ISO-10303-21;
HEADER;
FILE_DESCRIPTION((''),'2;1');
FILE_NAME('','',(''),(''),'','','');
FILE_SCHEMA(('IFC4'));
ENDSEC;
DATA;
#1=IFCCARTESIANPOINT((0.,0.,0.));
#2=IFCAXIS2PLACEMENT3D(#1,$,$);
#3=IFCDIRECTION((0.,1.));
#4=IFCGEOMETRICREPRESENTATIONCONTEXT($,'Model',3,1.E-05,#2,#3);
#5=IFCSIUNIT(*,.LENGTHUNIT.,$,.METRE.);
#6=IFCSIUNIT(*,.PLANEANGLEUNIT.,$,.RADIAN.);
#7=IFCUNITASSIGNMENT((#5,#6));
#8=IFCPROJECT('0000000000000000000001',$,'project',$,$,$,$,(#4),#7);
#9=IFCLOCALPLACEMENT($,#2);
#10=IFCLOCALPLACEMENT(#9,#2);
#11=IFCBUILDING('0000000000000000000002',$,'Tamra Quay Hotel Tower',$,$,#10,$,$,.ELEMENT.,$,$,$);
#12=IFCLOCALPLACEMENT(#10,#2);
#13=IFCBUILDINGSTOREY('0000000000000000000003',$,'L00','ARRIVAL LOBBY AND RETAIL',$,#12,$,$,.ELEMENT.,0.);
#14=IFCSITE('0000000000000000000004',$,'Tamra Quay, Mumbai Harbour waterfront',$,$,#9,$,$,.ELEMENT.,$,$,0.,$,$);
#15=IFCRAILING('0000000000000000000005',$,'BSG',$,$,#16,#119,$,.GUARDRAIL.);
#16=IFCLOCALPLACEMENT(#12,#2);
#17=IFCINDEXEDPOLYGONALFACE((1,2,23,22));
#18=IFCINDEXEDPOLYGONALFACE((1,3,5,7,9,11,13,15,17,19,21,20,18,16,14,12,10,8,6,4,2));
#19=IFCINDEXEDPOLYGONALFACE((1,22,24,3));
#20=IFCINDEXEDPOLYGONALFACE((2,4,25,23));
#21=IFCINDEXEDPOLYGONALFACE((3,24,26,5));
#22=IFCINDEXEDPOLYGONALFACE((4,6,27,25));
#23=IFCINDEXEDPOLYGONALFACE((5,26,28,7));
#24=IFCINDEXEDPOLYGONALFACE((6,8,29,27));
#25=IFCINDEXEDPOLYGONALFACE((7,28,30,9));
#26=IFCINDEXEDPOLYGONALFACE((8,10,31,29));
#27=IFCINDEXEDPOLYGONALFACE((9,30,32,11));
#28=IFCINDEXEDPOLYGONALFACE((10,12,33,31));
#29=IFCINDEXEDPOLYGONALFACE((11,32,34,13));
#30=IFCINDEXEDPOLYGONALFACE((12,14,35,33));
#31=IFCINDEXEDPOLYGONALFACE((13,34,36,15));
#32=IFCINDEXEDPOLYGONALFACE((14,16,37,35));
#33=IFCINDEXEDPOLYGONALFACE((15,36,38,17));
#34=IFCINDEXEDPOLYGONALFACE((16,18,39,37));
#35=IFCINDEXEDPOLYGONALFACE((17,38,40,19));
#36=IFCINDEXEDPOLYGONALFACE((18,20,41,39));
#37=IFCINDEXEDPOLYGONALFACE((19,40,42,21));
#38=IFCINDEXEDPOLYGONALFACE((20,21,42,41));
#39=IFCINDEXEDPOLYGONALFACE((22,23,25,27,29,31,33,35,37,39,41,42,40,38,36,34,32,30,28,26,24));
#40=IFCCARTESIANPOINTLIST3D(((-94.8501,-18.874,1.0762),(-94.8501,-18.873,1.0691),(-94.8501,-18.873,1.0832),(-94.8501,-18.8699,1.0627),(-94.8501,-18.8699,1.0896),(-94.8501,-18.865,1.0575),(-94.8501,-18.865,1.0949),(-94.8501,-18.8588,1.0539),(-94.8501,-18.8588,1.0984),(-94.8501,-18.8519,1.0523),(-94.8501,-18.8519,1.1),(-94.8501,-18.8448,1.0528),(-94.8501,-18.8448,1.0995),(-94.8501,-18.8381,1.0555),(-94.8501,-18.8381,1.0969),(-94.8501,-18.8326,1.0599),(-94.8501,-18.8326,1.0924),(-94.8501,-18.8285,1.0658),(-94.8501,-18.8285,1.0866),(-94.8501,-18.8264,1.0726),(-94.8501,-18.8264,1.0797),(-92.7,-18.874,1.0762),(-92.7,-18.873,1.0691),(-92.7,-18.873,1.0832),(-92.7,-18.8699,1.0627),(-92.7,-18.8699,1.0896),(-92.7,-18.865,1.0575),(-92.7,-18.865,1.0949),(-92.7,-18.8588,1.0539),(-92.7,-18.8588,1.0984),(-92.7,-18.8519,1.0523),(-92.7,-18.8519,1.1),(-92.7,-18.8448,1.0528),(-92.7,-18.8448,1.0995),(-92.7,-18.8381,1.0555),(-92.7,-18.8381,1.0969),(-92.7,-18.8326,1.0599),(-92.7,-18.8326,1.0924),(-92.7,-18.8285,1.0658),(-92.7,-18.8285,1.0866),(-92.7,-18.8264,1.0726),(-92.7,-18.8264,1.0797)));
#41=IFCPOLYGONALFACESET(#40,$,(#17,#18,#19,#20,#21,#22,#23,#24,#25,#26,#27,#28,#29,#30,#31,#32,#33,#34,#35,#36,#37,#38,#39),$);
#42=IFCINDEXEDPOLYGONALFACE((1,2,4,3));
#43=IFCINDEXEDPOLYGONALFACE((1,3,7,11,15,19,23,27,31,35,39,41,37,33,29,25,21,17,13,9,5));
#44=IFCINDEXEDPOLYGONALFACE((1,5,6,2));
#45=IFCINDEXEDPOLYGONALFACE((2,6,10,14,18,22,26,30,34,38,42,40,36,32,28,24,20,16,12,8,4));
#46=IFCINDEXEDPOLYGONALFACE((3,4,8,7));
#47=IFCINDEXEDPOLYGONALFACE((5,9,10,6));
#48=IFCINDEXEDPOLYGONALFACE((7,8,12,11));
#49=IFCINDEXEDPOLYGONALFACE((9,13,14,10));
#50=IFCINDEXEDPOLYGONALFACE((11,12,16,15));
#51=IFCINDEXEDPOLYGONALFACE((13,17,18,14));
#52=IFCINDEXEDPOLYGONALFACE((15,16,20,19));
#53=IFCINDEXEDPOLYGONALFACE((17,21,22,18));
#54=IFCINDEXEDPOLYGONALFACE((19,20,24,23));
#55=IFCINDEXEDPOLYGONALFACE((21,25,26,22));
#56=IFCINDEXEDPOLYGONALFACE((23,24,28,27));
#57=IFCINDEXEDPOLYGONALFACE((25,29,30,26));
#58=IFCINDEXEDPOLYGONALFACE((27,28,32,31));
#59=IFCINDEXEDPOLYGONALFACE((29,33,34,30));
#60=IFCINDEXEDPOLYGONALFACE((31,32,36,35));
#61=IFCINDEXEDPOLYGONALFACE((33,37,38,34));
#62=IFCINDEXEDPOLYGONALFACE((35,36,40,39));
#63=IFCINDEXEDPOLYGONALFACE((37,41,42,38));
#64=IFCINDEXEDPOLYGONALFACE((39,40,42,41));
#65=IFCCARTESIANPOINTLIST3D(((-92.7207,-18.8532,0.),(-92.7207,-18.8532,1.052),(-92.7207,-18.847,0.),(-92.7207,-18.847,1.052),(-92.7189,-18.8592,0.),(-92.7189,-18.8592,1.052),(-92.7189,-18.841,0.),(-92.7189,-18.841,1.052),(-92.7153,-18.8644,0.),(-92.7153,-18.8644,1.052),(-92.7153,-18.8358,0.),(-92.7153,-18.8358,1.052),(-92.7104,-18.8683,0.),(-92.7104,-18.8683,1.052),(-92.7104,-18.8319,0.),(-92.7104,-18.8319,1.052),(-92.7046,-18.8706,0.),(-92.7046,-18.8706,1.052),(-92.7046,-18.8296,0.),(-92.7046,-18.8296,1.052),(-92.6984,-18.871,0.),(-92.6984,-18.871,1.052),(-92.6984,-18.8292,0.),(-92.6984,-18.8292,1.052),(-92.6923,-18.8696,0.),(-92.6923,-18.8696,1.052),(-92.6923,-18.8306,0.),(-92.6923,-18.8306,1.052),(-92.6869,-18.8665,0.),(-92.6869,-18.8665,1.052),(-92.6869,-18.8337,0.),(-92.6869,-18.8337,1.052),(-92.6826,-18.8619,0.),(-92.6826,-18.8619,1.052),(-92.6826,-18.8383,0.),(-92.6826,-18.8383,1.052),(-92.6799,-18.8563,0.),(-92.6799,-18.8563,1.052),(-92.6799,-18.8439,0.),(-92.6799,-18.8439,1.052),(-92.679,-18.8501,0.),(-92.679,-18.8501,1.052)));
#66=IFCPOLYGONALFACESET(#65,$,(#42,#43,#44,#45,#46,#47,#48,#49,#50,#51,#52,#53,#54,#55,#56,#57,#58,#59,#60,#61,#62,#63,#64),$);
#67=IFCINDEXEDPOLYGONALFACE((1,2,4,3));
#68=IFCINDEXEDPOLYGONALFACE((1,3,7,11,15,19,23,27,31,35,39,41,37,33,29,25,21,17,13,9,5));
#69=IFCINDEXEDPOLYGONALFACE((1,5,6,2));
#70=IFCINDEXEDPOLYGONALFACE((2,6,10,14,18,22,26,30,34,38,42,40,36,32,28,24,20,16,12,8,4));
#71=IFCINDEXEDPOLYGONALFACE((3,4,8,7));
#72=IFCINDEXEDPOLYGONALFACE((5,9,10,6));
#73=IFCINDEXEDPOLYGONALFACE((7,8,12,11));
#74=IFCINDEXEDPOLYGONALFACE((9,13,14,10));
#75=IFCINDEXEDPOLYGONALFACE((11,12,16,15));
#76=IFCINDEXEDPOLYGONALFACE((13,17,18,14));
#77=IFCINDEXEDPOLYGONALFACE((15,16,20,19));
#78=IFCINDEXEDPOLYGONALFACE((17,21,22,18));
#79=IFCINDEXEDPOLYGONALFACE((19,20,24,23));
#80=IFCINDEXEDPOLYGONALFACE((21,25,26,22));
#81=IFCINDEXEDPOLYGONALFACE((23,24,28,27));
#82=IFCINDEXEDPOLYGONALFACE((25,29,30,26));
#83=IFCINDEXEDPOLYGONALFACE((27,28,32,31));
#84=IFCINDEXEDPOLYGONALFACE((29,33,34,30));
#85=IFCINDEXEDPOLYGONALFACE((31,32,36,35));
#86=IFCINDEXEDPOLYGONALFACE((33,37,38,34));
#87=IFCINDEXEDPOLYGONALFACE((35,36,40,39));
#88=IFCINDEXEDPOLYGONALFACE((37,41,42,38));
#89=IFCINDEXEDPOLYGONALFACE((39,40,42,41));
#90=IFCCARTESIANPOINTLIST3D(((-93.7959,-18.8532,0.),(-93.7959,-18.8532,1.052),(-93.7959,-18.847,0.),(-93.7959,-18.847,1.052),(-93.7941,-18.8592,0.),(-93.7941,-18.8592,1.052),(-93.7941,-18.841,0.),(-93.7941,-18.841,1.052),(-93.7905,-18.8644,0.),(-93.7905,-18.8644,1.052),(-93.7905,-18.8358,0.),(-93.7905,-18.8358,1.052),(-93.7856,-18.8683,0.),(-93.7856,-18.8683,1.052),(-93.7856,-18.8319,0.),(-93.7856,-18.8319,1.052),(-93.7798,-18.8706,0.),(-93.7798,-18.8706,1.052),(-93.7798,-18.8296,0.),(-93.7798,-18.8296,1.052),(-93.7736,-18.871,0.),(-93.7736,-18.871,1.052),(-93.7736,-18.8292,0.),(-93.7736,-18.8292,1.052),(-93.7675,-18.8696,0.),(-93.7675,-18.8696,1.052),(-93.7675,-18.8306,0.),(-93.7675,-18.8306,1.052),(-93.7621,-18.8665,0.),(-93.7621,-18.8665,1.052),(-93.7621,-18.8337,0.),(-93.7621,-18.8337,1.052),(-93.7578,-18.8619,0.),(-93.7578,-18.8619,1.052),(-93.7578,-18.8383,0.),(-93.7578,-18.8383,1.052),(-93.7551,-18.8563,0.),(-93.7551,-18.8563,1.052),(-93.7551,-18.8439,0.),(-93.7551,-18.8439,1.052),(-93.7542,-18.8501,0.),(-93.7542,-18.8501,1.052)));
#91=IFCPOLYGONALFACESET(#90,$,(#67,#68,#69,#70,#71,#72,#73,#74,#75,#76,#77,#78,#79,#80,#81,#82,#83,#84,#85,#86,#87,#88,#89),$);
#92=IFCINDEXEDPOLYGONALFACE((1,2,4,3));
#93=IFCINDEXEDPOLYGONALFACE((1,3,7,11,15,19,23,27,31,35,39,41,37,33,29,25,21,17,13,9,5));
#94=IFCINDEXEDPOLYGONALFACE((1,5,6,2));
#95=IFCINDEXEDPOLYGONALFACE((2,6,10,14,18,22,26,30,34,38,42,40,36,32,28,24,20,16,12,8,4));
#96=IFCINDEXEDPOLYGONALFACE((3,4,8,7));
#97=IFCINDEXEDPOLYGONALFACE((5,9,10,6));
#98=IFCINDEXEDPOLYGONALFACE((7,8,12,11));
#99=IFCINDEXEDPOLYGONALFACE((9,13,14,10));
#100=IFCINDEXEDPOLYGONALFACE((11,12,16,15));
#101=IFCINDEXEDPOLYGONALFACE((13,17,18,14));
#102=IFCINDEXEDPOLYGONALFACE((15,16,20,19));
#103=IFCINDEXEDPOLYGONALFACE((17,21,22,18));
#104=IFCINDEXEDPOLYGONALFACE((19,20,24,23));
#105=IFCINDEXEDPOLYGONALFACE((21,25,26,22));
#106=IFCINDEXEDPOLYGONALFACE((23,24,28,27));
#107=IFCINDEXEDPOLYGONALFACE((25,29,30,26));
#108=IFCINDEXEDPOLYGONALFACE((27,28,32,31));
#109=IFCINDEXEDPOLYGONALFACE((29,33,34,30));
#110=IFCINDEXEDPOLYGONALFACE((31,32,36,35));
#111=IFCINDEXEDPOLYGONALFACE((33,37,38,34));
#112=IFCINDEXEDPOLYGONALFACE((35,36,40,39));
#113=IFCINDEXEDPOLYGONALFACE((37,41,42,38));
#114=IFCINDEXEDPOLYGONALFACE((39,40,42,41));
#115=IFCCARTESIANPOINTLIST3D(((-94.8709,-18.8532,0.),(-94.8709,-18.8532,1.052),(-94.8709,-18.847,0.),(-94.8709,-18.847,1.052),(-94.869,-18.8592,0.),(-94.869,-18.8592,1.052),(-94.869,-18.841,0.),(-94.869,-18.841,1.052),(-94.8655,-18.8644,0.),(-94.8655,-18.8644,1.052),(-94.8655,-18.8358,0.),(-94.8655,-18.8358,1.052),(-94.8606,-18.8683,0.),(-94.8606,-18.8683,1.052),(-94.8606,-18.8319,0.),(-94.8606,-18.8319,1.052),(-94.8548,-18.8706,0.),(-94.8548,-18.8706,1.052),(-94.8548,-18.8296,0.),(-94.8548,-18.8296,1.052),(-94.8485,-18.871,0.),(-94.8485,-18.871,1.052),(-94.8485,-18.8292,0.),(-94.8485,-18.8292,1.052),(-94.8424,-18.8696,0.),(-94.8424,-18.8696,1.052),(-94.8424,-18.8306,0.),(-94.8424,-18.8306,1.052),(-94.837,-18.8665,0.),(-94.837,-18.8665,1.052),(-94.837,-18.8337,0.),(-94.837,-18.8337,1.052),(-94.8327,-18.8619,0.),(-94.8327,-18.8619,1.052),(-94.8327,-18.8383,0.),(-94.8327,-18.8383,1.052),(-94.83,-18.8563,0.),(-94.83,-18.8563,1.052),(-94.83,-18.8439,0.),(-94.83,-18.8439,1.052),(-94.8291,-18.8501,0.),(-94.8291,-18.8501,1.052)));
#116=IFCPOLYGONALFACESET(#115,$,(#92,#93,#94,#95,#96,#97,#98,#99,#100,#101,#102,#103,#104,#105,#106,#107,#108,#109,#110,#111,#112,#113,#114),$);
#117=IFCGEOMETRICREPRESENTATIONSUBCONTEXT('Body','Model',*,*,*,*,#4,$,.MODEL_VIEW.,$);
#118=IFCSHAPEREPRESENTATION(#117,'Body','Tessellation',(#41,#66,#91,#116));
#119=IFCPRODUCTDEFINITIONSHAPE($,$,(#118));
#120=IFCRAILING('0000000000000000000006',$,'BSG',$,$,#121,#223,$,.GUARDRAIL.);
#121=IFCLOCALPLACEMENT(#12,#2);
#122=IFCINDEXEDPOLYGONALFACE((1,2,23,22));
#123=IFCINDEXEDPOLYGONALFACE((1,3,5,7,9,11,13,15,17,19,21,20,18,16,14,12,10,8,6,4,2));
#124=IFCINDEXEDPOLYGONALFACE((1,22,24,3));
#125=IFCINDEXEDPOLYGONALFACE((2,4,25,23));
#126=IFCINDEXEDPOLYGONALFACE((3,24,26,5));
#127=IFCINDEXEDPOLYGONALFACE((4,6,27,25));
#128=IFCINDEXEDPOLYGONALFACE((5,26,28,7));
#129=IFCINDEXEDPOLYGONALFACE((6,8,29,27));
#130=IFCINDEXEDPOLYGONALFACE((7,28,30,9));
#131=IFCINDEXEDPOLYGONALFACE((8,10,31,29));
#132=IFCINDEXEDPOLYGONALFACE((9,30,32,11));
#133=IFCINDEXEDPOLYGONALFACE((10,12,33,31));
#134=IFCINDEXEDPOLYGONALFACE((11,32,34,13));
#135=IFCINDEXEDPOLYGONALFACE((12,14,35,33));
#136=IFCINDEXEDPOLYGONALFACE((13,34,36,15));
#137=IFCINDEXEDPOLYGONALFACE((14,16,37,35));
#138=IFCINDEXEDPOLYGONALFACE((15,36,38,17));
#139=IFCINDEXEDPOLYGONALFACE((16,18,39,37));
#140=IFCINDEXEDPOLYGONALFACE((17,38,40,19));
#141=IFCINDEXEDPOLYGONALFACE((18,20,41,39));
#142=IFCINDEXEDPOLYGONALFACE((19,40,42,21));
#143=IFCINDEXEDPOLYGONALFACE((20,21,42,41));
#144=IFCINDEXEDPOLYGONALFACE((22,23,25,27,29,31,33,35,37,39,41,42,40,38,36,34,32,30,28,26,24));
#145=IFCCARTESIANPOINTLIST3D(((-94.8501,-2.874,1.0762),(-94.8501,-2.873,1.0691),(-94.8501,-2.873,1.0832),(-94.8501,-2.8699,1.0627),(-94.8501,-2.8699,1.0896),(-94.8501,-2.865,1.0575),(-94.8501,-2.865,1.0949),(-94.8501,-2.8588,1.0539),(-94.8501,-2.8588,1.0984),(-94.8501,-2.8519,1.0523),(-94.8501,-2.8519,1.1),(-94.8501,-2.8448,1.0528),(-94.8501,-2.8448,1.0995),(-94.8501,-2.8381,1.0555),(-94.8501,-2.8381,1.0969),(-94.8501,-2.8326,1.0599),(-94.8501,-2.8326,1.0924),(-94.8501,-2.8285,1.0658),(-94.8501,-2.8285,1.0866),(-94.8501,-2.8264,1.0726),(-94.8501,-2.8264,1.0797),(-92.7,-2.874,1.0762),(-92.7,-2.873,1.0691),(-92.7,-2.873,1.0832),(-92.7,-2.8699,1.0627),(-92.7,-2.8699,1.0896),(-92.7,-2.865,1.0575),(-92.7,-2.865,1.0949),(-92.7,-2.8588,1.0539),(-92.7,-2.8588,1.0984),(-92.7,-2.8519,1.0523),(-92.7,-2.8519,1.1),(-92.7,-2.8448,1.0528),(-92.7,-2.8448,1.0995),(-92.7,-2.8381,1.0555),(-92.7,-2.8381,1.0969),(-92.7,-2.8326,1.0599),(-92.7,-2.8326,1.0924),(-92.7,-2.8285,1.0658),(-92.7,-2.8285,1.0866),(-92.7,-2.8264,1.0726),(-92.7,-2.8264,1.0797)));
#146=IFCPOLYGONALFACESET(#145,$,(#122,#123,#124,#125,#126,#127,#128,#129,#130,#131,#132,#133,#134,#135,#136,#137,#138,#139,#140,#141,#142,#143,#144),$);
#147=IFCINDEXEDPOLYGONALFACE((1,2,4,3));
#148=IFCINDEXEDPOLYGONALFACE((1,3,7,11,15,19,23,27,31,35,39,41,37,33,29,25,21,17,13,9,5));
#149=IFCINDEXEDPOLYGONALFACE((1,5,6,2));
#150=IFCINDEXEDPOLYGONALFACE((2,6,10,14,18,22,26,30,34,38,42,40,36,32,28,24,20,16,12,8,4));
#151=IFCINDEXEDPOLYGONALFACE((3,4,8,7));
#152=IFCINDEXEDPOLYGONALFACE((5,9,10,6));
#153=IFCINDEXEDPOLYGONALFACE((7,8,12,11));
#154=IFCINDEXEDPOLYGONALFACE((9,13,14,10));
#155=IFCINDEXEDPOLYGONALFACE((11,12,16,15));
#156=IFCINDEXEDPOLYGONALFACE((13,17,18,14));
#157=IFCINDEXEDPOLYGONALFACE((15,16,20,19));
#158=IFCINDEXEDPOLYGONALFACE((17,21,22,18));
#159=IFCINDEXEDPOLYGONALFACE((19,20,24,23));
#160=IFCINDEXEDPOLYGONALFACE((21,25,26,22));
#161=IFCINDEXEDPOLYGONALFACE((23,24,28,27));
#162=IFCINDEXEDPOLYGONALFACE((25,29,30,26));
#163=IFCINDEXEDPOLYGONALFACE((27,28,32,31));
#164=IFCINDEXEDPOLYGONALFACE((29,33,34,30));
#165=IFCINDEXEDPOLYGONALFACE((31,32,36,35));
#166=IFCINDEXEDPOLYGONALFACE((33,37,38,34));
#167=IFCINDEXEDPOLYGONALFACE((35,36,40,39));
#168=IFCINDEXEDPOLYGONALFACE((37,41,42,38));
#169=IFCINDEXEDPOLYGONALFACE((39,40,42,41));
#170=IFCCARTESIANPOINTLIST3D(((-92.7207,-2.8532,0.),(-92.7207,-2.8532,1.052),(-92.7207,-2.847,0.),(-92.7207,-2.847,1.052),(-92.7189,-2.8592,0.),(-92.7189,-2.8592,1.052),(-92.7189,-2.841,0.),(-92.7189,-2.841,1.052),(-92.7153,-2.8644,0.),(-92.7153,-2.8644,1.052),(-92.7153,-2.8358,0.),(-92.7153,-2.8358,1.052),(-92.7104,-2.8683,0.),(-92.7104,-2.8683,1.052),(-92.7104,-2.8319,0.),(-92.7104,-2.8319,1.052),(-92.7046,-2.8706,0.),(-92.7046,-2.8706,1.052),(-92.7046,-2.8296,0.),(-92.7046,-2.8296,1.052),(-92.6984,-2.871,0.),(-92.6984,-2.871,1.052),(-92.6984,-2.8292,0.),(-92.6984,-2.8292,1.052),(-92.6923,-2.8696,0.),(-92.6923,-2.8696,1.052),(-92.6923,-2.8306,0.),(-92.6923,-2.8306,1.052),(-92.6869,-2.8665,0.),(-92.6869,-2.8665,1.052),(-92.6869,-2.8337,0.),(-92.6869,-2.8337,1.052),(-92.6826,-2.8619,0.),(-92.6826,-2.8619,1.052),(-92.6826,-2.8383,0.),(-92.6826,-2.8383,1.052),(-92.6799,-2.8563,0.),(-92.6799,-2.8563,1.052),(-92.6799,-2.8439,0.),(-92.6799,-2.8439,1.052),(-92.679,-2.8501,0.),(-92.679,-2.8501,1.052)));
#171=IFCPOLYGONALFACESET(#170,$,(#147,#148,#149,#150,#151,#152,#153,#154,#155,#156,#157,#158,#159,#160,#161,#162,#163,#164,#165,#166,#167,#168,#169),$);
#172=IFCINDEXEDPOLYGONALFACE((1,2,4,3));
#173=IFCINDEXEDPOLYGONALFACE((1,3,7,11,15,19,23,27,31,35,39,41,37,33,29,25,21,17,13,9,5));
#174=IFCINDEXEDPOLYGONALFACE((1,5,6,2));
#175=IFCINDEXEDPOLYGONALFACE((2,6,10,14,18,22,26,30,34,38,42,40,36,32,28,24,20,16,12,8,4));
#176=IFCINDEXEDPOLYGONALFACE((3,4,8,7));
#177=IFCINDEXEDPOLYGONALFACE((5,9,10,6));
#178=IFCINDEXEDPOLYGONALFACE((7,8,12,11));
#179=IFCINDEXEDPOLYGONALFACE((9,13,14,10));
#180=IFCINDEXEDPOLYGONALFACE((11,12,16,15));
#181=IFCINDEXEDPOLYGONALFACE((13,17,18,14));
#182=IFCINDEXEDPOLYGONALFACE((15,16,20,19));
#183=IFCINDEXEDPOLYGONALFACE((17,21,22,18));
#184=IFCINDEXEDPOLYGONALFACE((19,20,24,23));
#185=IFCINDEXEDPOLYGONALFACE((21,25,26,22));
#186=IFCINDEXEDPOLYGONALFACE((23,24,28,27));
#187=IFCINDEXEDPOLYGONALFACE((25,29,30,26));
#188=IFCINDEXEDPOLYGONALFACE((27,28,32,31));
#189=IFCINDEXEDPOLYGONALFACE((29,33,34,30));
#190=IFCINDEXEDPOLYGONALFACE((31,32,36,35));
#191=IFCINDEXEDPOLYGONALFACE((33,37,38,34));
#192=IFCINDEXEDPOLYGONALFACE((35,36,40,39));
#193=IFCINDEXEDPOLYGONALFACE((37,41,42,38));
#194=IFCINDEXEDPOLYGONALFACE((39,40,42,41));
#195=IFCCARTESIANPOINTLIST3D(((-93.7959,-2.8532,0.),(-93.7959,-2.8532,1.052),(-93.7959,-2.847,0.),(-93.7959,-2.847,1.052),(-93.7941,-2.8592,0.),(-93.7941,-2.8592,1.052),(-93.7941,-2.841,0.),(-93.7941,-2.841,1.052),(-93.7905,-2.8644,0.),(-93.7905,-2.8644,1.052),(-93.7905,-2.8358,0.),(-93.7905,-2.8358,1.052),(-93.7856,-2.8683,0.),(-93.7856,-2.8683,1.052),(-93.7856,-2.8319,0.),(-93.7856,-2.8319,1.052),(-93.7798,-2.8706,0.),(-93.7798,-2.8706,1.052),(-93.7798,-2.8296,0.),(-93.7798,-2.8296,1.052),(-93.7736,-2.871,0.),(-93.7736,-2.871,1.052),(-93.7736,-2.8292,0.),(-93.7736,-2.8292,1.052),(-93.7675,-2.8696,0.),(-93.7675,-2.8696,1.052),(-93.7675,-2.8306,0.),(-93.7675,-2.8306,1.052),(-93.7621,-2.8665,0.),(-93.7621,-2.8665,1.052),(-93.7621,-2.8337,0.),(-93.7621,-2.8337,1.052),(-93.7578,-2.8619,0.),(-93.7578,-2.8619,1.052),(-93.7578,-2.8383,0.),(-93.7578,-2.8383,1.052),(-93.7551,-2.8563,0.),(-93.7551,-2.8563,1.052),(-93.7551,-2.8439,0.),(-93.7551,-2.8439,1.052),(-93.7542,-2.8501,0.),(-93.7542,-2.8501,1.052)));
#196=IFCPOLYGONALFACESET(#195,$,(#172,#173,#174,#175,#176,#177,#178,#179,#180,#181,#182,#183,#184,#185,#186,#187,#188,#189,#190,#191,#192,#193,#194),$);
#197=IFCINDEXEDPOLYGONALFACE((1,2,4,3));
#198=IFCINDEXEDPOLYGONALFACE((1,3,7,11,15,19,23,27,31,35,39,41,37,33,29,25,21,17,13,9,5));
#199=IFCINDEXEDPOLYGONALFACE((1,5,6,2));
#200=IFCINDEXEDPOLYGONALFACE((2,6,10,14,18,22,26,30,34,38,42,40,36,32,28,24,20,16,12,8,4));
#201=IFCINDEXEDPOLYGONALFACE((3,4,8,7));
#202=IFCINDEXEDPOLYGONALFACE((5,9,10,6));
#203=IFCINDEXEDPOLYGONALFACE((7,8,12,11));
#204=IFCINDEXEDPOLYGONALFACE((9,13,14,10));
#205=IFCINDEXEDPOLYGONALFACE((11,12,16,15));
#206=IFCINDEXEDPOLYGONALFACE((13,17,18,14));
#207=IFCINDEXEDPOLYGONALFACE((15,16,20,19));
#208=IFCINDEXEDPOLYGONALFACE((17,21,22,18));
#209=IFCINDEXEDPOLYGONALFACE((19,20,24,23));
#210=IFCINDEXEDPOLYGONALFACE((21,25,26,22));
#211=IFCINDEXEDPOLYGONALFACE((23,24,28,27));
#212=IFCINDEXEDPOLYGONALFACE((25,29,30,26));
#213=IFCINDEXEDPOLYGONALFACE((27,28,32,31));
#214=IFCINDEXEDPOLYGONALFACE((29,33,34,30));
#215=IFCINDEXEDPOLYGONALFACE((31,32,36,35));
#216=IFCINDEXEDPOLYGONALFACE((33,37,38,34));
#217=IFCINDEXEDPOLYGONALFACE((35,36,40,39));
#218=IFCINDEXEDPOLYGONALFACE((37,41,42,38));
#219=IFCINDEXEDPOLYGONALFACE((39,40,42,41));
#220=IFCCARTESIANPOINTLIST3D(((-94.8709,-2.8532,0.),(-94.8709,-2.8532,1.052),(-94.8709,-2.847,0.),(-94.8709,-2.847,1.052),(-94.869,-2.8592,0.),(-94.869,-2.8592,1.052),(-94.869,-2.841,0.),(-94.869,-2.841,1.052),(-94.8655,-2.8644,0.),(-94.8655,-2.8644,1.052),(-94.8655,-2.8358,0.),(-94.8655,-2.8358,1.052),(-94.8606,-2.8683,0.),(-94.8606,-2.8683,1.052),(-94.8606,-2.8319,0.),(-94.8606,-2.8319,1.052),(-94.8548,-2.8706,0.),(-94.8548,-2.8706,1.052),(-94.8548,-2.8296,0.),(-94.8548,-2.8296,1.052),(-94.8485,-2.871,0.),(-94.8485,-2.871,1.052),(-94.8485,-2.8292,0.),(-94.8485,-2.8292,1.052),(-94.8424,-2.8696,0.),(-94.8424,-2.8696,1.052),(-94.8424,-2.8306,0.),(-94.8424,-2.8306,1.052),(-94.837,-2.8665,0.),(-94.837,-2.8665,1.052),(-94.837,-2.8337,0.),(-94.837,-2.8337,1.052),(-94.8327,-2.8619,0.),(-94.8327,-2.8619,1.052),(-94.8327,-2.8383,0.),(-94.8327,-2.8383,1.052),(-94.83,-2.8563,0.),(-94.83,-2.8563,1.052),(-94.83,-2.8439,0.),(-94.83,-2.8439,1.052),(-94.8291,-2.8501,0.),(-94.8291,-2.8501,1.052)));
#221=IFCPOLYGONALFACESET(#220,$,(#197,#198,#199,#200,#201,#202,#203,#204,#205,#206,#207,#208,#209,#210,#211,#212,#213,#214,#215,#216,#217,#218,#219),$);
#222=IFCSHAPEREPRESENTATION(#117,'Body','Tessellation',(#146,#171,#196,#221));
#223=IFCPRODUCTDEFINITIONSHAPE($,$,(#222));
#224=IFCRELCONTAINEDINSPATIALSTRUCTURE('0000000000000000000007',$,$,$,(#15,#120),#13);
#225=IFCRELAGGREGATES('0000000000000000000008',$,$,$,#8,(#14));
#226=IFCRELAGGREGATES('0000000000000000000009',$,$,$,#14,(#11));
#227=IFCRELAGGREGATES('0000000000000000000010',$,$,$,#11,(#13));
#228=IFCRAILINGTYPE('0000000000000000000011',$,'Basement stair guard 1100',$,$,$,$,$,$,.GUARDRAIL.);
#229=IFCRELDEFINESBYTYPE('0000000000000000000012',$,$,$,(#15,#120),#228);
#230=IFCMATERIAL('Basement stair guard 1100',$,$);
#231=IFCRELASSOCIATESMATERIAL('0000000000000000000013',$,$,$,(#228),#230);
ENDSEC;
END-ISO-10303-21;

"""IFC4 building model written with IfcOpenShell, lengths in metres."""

from ifc_helpers import new_model, si_unit, direction, frame, origin, origin_2d, place, context, subcontext, project, spatial, circle, extrude, material, type_object, element, save


model = new_model("IFC4")

# Units and contexts
model_context = context("Model", 3, precision=1e-05, world=origin(), true_north=direction((0.0, 1.0)))
body_context = subcontext(model_context, "Body", "Model", "MODEL_VIEW")
ifc_project = project(units=[si_unit("LENGTHUNIT", "METRE"), si_unit("PLANEANGLEUNIT", "RADIAN")], contexts=[model_context])

# Site, building, storey
site_placement = place(None, origin())
site = spatial("IfcSite", under=ifc_project, at=site_placement, Name="Tamra Quay, Mumbai Harbour waterfront", CompositionType="ELEMENT", RefElevation=0.0)
building_placement = place(site_placement, origin())
building = spatial("IfcBuilding", under=site, at=building_placement, Name="Tamra Quay Hotel Tower", CompositionType="ELEMENT")
storey_placement = place(building_placement, origin())
storey = spatial("IfcBuildingStorey", under=building, at=storey_placement, Name="L00", Description="ARRIVAL LOBBY AND RETAIL", CompositionType="ELEMENT", Elevation=0.0)

# Railings
ifc_material_1 = material(Name="Basement stair guard 1100")
railing_type = type_object("IfcRailingType", Name="Basement stair guard 1100", PredefinedType="GUARDRAIL", material=ifc_material_1)
for number, where, name in (
    (1, (-92.7, -18.8501, 0.0), "BSG"),
    (2, (-92.7, -2.8501, 0.0), "BSG"),
):
    element("IfcRailing", number, at=place(storey_placement, frame(where)), inside=storey, type_object=railing_type, Name=name, PredefinedType="GUARDRAIL", context=body_context, shape_type="SweptSolid", body=[
        extrude(circle(Radius=0.0239, at=origin_2d()), frame((0.0, 0.0, 1.0762), z_axis=(-1.0, 0.0, 0.0), x_axis=(0.0, -1.0, 0.0)), (0.0, 0.0, 1.0), 2.1501),
        extrude(circle(Radius=0.021, at=origin_2d()), origin(), (0.0, 0.0, 1.0), 1.052),
        extrude(circle(Radius=0.021, at=origin_2d()), frame((-1.0752, 0.0, 0.0)), (0.0, 0.0, 1.0), 1.052),
        extrude(circle(Radius=0.021, at=origin_2d()), frame((-2.1501, 0.0, 0.0)), (0.0, 0.0, 1.0), 1.052),
    ])

save(model, "model.ifc")
